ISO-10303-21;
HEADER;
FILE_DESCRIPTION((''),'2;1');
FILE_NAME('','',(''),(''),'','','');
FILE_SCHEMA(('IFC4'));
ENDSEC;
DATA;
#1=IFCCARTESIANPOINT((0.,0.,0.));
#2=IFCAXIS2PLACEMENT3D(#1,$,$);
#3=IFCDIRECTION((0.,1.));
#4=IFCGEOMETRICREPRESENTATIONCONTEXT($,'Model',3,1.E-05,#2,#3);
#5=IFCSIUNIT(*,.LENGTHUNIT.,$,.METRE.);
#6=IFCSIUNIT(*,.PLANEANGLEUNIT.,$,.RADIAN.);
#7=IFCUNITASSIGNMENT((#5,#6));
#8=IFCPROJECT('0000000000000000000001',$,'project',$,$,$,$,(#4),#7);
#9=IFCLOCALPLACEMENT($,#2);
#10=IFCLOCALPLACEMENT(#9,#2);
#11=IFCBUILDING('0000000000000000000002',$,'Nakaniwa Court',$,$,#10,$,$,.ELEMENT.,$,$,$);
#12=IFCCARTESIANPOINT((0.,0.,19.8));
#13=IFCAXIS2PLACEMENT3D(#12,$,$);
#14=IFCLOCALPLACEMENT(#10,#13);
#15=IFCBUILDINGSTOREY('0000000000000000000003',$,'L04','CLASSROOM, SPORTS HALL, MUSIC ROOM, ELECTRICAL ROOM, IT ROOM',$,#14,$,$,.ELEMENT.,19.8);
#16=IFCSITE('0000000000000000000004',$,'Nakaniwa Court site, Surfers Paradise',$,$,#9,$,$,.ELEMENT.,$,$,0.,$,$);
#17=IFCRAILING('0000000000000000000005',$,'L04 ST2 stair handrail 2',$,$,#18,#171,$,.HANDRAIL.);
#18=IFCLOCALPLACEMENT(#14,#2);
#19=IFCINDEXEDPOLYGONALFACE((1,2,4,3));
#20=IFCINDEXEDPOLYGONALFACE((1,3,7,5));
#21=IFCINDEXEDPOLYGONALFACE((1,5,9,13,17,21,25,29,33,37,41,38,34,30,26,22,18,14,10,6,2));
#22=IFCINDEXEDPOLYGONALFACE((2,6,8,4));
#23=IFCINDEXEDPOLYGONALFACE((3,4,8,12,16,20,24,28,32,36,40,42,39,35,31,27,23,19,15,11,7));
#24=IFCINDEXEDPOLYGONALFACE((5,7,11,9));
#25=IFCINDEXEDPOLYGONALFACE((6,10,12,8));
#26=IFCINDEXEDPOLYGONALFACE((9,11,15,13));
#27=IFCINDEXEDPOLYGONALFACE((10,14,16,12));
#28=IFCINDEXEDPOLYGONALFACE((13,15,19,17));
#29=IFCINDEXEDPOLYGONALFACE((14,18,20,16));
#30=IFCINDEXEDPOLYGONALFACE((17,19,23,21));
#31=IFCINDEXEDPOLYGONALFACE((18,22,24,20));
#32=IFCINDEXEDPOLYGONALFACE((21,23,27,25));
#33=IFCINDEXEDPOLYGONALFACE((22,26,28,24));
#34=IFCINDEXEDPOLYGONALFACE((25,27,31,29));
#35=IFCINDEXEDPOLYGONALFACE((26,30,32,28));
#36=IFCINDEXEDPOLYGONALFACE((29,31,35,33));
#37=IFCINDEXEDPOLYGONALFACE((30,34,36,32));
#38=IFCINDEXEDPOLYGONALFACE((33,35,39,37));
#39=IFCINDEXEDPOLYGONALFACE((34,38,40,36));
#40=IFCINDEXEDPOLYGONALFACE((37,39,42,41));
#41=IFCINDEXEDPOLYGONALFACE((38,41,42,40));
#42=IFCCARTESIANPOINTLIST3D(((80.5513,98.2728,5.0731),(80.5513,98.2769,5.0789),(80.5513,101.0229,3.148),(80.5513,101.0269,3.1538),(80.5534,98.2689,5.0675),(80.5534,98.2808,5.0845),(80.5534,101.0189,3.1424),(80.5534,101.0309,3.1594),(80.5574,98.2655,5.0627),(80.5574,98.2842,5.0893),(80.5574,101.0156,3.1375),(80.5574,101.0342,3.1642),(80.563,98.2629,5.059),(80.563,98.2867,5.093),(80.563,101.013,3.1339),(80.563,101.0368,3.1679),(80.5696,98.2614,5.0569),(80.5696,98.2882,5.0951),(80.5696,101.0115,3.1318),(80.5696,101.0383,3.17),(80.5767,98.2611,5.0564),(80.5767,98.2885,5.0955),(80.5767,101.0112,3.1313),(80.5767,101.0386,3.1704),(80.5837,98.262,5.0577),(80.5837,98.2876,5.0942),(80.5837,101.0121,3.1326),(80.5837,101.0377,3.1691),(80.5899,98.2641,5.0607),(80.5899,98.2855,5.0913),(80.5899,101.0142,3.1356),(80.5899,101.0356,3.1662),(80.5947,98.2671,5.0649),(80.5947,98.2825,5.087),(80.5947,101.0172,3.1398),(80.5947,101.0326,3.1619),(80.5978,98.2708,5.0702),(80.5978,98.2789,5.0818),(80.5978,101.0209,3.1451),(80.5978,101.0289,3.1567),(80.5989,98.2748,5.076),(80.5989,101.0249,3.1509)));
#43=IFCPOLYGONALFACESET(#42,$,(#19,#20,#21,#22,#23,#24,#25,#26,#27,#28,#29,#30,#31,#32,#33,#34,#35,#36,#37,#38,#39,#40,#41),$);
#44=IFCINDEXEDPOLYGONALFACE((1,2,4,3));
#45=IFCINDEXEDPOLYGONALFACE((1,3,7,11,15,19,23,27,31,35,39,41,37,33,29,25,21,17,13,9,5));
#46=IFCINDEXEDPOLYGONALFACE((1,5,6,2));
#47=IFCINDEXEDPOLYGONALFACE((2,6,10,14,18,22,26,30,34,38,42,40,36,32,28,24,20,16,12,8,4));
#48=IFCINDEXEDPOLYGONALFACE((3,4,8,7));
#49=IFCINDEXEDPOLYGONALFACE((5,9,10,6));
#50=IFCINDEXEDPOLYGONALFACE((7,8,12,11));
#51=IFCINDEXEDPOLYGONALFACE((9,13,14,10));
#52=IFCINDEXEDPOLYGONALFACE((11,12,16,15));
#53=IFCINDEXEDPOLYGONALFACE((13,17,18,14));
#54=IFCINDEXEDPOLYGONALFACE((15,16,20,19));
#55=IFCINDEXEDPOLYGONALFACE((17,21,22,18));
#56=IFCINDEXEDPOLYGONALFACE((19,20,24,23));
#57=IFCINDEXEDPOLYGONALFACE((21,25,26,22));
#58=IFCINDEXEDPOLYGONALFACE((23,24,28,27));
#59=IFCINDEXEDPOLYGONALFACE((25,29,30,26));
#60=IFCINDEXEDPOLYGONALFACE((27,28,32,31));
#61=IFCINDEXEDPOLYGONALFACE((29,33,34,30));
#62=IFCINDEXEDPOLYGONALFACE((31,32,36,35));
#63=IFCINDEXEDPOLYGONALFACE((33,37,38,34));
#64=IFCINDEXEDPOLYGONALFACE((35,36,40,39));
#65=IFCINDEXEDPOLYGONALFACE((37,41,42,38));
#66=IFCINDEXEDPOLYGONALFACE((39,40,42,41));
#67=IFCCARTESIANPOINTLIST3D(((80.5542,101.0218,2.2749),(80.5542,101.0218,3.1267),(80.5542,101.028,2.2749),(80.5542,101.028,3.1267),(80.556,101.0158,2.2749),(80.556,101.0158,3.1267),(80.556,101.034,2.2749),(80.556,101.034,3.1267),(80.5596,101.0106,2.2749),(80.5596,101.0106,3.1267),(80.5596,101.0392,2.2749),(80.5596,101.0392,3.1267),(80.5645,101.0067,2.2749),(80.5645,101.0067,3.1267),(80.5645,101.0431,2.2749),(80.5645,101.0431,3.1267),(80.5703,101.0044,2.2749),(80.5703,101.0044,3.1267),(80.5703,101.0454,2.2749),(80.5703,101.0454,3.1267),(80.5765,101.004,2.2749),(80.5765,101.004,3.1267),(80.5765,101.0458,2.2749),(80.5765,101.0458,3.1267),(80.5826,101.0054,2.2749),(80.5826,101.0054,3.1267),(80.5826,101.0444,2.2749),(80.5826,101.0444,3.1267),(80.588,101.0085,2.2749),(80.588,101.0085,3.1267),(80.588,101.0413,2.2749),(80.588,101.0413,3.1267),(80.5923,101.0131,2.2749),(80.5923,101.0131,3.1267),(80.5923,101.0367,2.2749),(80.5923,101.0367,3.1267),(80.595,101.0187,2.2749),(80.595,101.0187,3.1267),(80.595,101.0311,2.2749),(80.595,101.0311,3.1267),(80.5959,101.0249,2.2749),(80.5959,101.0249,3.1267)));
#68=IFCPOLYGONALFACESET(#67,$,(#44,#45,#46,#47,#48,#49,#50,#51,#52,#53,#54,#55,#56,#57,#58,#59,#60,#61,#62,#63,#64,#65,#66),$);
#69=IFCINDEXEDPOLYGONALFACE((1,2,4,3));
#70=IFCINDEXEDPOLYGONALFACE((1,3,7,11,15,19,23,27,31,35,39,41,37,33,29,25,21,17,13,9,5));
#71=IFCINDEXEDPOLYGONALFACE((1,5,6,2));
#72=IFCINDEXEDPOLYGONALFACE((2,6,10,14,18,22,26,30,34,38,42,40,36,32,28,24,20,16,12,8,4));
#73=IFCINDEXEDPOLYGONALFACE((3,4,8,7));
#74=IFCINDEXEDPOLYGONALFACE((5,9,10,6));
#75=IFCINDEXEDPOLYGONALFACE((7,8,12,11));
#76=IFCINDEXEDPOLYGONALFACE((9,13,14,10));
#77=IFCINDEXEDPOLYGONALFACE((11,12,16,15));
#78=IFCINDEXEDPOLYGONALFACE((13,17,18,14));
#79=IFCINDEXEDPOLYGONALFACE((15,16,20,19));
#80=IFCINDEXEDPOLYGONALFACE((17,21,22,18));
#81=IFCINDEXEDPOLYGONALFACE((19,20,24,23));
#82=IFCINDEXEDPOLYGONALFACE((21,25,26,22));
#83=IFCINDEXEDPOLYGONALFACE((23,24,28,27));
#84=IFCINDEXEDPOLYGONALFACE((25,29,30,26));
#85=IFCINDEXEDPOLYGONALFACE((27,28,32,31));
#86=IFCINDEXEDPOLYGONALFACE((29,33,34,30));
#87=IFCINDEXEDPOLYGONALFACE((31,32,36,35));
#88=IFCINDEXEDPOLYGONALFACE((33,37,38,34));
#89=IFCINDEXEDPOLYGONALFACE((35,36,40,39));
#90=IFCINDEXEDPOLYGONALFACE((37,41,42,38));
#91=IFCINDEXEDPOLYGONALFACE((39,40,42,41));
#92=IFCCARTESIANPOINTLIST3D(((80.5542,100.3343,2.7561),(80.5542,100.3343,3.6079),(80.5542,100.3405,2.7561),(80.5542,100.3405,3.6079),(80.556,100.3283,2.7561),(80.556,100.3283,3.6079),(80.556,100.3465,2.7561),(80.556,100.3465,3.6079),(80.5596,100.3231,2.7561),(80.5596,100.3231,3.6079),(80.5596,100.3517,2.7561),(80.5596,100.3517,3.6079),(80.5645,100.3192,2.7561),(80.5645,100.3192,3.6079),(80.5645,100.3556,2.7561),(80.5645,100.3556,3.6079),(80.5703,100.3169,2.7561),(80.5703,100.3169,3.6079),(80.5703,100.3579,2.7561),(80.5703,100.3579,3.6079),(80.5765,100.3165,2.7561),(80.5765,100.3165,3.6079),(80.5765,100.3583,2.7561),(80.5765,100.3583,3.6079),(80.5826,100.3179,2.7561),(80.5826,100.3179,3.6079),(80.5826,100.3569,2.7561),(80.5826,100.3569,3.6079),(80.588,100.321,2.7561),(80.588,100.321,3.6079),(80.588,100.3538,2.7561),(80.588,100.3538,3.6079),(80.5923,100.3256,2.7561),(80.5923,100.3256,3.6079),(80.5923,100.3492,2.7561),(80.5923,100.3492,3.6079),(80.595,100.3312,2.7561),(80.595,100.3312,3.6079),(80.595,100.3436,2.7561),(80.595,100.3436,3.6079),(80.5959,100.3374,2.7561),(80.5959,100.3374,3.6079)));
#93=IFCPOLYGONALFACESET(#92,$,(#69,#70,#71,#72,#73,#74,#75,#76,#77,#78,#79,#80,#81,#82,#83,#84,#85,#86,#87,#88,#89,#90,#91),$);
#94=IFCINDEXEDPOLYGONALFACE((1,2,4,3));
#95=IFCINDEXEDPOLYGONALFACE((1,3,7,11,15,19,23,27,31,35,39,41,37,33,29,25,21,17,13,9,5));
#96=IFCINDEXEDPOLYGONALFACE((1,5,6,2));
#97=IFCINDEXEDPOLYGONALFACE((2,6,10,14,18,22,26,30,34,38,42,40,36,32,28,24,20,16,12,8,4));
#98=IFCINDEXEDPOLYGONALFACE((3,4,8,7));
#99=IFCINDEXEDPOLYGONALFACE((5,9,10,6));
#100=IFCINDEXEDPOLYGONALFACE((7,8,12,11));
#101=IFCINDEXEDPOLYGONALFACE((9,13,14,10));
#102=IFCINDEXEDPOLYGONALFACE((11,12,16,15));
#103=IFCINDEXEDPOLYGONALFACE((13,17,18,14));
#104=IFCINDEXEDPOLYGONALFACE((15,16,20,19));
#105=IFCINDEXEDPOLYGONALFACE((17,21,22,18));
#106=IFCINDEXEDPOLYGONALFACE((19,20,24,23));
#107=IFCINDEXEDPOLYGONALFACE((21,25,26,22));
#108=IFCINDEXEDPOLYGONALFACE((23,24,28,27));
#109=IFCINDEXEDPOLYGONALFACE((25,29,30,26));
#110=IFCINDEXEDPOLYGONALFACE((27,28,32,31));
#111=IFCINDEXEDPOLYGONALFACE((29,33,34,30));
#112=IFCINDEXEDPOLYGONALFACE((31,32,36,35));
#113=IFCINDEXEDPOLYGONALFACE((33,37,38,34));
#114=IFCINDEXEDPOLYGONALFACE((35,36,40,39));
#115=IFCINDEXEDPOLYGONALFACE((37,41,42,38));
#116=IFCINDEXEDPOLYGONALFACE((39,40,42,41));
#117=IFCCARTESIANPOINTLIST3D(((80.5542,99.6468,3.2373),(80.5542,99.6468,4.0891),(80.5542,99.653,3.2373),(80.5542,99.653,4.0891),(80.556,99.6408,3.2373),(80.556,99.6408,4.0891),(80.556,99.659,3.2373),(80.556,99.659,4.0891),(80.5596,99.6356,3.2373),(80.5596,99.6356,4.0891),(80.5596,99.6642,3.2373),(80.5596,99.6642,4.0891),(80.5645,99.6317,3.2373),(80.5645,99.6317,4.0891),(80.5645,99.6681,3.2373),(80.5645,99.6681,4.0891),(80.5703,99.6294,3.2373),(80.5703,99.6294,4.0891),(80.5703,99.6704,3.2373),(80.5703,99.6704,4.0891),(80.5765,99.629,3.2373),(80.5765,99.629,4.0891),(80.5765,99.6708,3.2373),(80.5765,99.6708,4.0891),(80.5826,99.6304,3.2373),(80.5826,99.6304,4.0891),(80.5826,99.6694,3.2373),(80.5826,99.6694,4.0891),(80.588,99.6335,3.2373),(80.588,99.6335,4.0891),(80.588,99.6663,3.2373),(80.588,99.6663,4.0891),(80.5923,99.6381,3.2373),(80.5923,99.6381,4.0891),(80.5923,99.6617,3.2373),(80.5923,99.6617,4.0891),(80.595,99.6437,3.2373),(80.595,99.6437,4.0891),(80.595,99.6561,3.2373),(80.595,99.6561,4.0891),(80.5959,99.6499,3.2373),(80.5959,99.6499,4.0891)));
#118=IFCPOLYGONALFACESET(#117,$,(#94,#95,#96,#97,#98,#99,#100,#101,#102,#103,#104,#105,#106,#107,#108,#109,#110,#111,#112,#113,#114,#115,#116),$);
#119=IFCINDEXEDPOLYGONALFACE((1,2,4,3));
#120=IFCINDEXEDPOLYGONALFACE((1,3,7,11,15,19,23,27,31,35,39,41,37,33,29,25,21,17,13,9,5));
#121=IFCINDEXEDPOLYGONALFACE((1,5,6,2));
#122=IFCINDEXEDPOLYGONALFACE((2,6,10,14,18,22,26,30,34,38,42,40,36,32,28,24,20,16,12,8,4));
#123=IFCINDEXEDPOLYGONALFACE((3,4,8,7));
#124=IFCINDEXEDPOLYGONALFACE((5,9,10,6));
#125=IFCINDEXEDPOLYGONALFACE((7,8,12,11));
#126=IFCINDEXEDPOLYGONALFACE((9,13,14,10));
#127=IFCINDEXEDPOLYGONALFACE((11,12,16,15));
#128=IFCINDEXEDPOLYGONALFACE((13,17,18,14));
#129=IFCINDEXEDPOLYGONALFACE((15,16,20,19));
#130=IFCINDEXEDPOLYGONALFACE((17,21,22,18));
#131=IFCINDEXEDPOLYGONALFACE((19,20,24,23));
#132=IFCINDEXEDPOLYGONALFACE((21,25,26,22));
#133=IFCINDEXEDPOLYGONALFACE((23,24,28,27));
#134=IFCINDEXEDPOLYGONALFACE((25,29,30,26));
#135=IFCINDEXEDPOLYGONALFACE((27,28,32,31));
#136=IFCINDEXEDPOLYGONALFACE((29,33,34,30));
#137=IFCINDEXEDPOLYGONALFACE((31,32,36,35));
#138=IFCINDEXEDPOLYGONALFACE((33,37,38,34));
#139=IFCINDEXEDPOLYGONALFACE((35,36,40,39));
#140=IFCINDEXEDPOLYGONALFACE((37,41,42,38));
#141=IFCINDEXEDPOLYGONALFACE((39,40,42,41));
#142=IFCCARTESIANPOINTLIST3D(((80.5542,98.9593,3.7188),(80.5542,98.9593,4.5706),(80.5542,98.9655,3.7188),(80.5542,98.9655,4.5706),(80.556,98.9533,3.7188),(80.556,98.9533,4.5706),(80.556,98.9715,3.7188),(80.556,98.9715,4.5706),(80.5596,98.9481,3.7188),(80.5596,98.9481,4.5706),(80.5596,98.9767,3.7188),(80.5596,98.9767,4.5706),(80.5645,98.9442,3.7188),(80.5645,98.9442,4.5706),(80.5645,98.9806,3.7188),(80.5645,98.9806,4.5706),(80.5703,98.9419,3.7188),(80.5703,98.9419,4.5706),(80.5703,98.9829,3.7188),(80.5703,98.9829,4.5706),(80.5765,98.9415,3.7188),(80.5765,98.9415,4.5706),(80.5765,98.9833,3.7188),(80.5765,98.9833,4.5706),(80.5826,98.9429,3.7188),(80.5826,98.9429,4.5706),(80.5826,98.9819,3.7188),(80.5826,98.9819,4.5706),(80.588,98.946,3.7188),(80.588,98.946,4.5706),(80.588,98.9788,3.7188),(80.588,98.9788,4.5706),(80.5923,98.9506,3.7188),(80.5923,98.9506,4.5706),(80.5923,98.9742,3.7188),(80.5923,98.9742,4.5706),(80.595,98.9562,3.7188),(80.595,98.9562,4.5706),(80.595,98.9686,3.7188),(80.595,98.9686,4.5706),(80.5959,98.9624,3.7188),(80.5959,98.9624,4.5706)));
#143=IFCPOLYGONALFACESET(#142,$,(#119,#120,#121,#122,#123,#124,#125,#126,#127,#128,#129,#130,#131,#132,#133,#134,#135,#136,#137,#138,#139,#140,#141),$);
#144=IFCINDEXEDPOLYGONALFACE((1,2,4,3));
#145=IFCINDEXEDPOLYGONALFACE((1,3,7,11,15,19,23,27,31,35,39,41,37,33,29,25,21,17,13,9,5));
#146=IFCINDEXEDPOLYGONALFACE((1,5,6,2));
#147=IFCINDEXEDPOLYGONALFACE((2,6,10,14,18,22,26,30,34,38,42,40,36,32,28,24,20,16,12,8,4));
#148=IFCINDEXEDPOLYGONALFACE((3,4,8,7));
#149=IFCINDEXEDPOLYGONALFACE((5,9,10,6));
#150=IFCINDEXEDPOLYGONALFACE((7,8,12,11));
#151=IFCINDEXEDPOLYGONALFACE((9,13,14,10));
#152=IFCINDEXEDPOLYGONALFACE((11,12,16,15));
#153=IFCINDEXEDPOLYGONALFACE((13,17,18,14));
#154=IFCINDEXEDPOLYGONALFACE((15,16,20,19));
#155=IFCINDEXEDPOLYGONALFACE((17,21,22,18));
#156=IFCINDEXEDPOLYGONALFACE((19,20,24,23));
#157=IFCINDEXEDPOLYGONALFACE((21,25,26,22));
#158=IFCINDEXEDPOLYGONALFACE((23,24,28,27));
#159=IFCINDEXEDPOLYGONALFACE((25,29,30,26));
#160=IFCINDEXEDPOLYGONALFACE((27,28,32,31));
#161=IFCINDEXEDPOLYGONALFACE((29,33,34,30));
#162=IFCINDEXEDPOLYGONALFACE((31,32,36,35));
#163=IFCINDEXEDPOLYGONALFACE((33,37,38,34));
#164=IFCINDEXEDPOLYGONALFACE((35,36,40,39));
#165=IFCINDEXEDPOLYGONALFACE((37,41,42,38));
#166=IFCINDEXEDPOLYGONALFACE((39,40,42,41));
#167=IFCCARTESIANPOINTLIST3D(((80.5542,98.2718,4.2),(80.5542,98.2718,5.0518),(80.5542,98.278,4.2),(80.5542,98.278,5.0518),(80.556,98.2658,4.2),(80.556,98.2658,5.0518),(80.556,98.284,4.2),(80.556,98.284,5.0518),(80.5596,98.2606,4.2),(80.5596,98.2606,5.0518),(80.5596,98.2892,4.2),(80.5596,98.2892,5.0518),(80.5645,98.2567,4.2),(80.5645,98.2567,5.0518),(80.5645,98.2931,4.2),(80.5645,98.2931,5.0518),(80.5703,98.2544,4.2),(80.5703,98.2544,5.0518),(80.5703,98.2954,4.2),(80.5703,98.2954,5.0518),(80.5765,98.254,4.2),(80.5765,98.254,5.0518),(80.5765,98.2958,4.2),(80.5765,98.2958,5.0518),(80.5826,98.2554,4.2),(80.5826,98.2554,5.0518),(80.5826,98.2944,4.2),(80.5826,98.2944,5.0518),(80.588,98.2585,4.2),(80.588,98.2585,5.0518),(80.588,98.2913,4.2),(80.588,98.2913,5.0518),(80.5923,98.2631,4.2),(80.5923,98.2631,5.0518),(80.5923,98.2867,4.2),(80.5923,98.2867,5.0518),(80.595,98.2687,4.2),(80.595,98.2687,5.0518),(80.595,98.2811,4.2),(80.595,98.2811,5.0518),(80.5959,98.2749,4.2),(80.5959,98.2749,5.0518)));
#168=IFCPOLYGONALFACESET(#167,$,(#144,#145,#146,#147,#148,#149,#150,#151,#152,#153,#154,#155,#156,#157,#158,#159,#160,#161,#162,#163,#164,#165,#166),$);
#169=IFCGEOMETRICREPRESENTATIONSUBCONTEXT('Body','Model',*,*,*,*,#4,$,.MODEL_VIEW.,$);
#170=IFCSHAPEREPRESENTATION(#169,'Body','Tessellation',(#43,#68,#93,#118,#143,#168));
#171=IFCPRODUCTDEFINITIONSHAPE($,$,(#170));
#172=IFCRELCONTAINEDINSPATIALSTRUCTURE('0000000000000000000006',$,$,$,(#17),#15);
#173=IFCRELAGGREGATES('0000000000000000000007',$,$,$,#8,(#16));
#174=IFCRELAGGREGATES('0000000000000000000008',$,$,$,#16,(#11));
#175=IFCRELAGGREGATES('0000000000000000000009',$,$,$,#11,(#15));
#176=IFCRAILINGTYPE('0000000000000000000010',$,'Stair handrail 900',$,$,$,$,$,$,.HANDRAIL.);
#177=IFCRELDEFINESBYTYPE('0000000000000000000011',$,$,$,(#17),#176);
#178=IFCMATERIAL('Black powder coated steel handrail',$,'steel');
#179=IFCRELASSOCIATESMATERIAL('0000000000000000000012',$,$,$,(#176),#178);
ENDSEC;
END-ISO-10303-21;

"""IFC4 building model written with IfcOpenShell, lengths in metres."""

from ifc_helpers import new_model, si_unit, direction, frame, origin, origin_2d, place, context, subcontext, project, spatial, circle, extrude, material, type_object, element, save


model = new_model("IFC4")

# Units and contexts
model_context = context("Model", 3, precision=1e-05, world=origin(), true_north=direction((0.0, 1.0)))
body_context = subcontext(model_context, "Body", "Model", "MODEL_VIEW")
ifc_project = project(units=[si_unit("LENGTHUNIT", "METRE"), si_unit("PLANEANGLEUNIT", "RADIAN")], contexts=[model_context])

# Site, building, storey
site_placement = place(None, origin())
site = spatial("IfcSite", under=ifc_project, at=site_placement, Name="Nakaniwa Court site, Surfers Paradise", CompositionType="ELEMENT", RefElevation=0.0)
building_placement = place(site_placement, origin())
building = spatial("IfcBuilding", under=site, at=building_placement, Name="Nakaniwa Court", CompositionType="ELEMENT")
storey_placement = place(building_placement, frame((0.0, 0.0, 19.8)))
storey = spatial("IfcBuildingStorey", under=building, at=storey_placement, Name="L04", Description="CLASSROOM, SPORTS HALL, MUSIC ROOM, ELECTRICAL ROOM, IT ROOM", CompositionType="ELEMENT", Elevation=19.8)

# Railing
ifc_material_1 = material(Name="Black powder coated steel handrail", Category="steel")
railing_type_1 = type_object("IfcRailingType", Name="Stair handrail 900", PredefinedType="HANDRAIL", material=ifc_material_1)
railing_1_placement = place(storey_placement, frame((80.575, 101.0249, 2.2749)))
element("IfcRailing", 1, at=railing_1_placement, inside=storey, type_object=railing_type_1, Name="L04 ST2 stair handrail 2", PredefinedType="HANDRAIL", context=body_context, shape_type="SweptSolid", body=[
    extrude(circle(Radius=0.0239, at=origin_2d()), frame((0.0, 0.0, 0.876), z_axis=(0.0, -0.819225, 0.573472), x_axis=(1.0, 0.0, 0.0)), (0.0, 0.0, 1.0), 3.3569),
    extrude(circle(Radius=0.021, at=origin_2d()), origin(), (0.0, 0.0, 1.0), 0.8518),
    extrude(circle(Radius=0.021, at=origin_2d()), frame((0.0, -0.6875, 0.4812)), (0.0, 0.0, 1.0), 0.8518),
    extrude(circle(Radius=0.021, at=origin_2d()), frame((0.0, -1.375, 0.9624)), (0.0, 0.0, 1.0), 0.8518),
    extrude(circle(Radius=0.021, at=origin_2d()), frame((0.0, -2.0625, 1.4438)), (0.0, 0.0, 1.0), 0.8518),
    extrude(circle(Radius=0.021, at=origin_2d()), frame((0.0, -2.75, 1.925)), (0.0, 0.0, 1.0), 0.8518),
])

save(model, "model.ifc")
